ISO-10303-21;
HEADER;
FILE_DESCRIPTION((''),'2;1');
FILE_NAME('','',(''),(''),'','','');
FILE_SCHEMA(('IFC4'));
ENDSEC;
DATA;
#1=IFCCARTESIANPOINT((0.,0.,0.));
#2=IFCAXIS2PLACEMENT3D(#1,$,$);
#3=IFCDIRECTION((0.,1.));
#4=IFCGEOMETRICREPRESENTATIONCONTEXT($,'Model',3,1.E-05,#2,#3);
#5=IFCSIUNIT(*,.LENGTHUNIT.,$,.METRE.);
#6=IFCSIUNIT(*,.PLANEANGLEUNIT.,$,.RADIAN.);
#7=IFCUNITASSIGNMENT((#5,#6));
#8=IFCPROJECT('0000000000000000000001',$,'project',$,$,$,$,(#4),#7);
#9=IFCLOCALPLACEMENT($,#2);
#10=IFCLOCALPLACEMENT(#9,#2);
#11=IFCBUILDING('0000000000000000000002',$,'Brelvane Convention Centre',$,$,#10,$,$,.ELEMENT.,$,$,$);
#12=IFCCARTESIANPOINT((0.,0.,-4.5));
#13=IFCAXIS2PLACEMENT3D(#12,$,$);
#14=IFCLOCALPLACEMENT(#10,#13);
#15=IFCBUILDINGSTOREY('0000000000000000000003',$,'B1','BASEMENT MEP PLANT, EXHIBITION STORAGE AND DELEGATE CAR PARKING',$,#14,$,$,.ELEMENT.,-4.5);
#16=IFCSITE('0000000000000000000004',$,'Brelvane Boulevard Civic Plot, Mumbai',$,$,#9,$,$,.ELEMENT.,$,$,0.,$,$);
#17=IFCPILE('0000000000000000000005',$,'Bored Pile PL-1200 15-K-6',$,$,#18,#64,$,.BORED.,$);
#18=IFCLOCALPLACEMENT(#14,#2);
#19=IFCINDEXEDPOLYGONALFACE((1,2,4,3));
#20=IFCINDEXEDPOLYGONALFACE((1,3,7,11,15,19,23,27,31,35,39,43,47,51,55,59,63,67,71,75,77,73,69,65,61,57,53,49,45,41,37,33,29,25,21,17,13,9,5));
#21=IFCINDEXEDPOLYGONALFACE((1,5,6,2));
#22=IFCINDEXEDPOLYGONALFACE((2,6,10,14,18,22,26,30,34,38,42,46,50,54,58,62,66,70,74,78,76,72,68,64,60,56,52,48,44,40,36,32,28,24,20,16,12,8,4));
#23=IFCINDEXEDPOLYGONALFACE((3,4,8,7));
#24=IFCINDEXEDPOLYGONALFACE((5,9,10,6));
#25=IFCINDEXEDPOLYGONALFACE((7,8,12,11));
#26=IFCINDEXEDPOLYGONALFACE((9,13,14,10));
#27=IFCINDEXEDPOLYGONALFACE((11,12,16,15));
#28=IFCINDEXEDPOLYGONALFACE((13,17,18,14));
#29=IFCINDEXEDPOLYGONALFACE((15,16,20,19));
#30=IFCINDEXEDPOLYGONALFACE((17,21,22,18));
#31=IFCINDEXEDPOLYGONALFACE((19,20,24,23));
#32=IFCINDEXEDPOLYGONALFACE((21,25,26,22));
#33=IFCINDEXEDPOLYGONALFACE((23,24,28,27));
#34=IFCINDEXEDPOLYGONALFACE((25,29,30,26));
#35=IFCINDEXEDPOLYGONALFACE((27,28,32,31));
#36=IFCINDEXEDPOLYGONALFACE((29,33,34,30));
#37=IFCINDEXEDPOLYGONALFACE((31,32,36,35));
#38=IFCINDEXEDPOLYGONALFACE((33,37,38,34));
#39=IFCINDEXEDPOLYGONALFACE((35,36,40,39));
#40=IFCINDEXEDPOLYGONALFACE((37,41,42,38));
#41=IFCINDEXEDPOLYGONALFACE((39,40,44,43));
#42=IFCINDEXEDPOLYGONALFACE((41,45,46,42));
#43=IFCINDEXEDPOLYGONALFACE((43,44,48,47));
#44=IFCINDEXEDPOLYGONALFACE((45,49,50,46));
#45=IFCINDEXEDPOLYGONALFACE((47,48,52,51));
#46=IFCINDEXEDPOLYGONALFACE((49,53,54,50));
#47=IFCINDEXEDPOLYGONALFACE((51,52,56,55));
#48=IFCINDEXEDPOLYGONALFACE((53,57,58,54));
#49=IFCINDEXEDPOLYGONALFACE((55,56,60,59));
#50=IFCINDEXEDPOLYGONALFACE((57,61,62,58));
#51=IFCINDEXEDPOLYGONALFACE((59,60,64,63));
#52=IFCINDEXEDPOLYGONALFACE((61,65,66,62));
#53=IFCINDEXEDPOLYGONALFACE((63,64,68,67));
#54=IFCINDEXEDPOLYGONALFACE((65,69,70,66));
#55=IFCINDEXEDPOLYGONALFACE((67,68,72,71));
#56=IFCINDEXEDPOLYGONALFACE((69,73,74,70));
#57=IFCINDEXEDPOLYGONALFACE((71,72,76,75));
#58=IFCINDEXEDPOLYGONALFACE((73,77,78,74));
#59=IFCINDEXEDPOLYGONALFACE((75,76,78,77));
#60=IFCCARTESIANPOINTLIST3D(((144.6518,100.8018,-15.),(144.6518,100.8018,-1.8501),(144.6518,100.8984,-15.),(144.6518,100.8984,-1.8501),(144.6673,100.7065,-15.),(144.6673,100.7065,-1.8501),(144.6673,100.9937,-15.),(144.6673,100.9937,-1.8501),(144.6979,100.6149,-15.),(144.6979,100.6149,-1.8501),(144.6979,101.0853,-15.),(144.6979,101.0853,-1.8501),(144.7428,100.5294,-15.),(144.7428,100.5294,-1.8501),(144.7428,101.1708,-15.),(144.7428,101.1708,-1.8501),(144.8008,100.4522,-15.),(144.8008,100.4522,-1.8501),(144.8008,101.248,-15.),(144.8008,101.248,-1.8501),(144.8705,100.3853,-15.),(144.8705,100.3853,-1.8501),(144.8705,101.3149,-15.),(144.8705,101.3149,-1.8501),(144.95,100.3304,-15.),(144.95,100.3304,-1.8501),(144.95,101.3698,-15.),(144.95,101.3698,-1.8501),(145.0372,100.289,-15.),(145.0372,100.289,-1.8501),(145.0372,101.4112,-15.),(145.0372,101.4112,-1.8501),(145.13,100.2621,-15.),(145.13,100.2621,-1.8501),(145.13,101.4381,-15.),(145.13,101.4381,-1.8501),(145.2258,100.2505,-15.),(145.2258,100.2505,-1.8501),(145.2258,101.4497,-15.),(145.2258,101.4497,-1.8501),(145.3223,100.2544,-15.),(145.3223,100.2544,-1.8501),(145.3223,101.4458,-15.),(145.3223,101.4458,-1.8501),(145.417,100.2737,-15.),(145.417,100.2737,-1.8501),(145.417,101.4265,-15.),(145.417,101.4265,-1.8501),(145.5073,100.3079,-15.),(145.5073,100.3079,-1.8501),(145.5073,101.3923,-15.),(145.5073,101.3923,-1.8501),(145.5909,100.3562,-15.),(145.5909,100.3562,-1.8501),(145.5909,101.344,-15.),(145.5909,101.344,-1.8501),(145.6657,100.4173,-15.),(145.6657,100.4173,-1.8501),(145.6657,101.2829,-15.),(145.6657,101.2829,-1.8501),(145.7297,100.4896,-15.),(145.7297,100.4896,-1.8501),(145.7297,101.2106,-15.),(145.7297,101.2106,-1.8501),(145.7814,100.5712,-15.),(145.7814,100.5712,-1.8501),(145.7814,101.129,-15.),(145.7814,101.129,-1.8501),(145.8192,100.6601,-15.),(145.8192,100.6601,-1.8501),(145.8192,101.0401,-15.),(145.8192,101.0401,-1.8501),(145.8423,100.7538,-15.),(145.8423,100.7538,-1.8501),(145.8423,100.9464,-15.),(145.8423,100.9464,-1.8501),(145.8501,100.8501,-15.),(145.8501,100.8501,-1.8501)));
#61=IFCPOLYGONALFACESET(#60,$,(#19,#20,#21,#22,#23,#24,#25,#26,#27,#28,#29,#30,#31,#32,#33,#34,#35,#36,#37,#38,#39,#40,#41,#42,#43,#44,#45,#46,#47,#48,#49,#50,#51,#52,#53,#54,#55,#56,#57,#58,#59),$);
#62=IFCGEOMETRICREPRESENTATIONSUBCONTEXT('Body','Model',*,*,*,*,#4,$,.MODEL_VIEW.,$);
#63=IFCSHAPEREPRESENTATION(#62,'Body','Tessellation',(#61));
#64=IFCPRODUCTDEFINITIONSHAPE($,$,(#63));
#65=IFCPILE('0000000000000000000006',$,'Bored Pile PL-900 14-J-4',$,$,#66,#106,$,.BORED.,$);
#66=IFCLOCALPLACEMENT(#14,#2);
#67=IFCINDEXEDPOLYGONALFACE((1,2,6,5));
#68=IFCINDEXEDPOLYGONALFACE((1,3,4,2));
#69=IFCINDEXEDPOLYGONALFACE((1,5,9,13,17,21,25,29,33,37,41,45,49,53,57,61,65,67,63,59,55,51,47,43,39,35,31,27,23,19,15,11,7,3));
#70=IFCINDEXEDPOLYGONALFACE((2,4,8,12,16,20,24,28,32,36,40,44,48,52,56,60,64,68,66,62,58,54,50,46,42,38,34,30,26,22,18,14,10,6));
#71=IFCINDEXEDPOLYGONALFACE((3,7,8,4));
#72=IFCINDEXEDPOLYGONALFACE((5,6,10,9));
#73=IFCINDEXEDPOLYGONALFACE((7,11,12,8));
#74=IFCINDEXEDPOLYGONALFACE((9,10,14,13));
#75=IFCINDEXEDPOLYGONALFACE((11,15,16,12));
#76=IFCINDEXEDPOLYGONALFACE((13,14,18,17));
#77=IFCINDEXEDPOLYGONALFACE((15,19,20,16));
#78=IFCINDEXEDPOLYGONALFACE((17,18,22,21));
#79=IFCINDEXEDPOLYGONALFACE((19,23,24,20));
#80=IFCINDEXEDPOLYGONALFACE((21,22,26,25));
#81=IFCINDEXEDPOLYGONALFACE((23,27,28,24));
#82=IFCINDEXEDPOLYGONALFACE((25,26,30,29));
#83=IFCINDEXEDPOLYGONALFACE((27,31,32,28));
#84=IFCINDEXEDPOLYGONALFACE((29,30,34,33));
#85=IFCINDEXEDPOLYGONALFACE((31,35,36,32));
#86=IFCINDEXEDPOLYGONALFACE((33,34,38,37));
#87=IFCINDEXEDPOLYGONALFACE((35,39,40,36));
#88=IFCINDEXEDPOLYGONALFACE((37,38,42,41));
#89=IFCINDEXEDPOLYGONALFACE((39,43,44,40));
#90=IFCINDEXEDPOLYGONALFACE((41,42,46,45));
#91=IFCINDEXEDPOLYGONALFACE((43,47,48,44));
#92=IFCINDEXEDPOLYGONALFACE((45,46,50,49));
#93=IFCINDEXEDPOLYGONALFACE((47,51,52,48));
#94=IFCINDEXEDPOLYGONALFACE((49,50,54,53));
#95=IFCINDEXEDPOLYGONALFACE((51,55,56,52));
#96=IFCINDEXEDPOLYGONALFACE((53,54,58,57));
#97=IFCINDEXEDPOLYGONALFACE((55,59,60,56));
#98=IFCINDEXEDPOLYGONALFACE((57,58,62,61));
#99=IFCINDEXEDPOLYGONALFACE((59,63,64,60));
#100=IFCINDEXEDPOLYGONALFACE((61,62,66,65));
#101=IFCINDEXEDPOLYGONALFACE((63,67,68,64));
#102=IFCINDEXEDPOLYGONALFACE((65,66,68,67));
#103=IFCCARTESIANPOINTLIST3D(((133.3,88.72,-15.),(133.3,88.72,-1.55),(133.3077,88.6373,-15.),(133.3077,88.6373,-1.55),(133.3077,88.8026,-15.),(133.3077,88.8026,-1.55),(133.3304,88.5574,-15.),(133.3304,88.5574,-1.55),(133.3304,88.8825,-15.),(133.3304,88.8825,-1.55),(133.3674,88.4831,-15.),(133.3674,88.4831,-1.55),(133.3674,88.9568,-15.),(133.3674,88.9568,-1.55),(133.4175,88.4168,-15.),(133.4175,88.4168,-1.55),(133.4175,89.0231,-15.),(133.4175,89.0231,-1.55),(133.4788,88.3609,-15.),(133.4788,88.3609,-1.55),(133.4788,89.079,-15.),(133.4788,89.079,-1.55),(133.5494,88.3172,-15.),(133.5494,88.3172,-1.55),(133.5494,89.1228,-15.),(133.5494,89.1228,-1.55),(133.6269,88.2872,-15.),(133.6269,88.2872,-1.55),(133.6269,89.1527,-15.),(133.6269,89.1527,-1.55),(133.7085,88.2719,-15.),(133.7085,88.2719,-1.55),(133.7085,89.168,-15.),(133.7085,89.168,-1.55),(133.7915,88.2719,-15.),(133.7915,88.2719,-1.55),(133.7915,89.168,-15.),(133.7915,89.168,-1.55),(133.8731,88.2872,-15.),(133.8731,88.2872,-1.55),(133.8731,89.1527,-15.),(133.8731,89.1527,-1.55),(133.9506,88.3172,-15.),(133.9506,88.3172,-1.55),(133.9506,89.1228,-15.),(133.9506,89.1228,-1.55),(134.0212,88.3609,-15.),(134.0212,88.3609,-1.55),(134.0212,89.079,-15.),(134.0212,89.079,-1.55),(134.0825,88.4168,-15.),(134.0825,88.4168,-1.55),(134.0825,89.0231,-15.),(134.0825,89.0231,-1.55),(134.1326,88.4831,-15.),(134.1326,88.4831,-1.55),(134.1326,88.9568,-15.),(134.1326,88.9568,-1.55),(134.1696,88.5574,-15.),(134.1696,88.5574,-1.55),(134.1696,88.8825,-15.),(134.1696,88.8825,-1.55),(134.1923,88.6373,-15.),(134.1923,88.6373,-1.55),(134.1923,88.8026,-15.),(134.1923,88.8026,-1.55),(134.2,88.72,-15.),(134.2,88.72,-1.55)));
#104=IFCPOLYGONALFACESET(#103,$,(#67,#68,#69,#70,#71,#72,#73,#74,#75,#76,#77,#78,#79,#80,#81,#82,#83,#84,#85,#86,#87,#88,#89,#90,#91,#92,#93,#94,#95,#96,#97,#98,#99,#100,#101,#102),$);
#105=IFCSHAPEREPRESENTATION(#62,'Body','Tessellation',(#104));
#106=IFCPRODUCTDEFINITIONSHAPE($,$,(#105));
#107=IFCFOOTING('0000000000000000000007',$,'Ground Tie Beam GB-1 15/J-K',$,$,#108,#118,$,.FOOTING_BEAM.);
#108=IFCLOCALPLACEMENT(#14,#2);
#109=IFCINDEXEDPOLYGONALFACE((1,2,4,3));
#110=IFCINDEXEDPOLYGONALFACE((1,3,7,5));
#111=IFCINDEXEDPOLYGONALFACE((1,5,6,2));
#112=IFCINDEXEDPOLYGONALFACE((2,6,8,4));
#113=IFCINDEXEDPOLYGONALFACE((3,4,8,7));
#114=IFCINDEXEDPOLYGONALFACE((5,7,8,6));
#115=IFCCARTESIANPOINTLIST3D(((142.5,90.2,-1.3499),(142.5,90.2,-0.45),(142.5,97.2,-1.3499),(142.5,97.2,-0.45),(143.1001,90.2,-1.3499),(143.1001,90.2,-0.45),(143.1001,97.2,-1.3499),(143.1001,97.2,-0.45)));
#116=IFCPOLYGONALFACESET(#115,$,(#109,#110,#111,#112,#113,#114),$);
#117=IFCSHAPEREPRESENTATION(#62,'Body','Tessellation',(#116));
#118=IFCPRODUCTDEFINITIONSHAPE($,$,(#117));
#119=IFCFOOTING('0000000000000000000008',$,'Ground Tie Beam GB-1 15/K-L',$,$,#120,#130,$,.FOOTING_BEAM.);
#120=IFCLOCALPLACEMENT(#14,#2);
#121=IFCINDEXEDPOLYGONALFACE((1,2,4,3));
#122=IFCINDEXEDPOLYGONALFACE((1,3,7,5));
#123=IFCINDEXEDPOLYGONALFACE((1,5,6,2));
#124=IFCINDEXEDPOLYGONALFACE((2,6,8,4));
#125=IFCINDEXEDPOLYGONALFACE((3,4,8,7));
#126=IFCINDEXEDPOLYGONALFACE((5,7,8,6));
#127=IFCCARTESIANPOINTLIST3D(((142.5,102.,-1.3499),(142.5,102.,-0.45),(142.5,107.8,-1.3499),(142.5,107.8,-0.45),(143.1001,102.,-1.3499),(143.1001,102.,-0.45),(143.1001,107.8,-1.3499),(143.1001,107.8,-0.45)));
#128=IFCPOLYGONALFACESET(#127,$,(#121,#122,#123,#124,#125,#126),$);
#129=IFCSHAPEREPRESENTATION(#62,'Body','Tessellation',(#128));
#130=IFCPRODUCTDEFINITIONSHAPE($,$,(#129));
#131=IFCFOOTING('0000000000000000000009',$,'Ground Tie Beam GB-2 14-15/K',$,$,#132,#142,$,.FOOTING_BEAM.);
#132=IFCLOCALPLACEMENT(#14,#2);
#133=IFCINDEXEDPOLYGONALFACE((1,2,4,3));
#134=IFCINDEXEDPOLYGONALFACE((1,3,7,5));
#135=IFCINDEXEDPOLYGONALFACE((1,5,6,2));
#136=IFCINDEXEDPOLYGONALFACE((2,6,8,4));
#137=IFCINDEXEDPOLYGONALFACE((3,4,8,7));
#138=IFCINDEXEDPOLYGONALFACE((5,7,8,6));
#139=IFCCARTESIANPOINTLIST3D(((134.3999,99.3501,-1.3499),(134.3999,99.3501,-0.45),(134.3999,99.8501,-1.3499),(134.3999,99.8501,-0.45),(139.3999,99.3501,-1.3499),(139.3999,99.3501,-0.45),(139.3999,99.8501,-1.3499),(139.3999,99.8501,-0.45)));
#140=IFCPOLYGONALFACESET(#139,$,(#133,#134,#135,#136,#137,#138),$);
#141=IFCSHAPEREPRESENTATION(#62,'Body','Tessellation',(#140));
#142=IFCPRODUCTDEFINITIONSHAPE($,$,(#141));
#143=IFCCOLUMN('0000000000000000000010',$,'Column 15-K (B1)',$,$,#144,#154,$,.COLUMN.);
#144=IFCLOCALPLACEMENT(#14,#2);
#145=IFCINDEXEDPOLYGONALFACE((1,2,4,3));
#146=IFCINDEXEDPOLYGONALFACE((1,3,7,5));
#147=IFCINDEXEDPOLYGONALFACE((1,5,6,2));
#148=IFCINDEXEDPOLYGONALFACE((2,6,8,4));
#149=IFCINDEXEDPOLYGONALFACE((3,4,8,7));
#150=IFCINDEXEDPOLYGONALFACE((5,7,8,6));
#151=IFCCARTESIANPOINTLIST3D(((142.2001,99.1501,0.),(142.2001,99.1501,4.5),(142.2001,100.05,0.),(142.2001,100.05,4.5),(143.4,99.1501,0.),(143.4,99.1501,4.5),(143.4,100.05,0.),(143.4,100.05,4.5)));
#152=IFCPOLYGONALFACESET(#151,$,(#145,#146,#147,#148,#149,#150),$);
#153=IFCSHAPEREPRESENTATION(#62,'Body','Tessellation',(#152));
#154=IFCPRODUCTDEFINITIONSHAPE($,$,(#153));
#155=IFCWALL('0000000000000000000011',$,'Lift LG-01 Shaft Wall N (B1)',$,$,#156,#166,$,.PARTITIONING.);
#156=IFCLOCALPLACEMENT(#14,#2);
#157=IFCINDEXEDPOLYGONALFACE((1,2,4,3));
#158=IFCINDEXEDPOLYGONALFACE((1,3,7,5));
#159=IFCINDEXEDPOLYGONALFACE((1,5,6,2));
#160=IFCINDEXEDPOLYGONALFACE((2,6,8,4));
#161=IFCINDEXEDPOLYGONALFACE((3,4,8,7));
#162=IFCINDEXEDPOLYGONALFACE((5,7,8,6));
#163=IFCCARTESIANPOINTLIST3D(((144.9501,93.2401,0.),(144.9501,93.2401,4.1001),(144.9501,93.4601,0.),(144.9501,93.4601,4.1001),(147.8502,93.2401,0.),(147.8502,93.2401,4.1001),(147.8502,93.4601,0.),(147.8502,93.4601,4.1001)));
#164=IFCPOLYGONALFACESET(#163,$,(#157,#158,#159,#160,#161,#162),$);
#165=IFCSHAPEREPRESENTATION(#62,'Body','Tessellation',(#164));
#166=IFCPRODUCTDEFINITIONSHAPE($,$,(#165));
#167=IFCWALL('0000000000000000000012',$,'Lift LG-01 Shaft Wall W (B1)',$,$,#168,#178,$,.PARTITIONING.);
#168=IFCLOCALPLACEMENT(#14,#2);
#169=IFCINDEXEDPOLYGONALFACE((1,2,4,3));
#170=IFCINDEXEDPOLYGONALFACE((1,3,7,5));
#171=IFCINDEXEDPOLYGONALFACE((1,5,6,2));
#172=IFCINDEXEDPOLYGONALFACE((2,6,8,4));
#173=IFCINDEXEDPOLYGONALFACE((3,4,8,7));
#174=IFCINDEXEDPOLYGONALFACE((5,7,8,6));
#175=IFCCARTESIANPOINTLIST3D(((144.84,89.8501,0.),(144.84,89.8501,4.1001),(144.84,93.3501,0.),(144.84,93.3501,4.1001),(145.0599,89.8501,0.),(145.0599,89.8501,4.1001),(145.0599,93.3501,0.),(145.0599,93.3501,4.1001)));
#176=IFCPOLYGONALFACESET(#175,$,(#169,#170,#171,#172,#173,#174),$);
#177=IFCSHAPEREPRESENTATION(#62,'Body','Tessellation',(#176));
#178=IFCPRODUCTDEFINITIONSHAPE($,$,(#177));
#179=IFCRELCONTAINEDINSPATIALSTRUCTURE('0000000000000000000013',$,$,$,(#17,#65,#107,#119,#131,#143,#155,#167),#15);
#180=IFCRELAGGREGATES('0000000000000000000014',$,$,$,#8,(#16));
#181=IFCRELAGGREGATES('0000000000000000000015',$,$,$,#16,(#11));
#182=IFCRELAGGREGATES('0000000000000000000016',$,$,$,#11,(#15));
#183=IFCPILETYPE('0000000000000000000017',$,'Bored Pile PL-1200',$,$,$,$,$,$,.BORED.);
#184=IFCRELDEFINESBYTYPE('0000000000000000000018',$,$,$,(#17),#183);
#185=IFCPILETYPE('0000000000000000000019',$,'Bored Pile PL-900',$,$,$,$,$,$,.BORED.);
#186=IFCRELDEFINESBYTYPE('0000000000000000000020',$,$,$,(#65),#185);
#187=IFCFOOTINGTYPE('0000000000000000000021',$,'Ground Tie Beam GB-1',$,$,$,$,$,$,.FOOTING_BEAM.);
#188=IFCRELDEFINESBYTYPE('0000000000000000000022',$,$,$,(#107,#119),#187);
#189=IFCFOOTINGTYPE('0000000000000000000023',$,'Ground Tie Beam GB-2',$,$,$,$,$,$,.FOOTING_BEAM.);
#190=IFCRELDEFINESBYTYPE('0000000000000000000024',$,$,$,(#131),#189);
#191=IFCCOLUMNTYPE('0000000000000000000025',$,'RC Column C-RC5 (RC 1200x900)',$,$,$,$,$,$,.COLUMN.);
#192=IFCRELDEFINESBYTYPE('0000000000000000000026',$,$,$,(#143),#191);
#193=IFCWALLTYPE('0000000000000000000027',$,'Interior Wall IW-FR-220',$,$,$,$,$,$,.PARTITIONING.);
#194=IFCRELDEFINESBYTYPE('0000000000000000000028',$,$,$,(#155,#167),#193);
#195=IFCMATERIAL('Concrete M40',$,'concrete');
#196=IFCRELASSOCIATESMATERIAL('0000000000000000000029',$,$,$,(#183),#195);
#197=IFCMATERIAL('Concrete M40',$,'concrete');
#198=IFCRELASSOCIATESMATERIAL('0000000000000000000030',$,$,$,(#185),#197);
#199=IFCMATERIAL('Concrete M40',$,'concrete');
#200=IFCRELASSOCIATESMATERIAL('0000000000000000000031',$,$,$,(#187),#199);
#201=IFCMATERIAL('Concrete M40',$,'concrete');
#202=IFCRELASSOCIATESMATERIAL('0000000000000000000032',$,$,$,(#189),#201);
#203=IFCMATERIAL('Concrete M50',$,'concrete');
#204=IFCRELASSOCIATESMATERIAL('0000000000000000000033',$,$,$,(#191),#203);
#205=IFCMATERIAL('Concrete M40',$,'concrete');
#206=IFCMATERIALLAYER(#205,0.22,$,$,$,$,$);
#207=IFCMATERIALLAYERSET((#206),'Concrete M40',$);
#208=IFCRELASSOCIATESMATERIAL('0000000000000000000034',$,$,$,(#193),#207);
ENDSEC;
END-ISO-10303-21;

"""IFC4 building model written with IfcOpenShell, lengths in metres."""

from ifc_helpers import new_model, si_unit, direction, frame, frame_2d, origin, origin_2d, place, context, subcontext, project, spatial, rectangle, circle, extrude, material, layer, layer_set, material_profile, profile_set, type_object, element, save


model = new_model("IFC4")

# Units and contexts
model_context = context("Model", 3, precision=1e-05, world=origin(), true_north=direction((0.0, 1.0)))
body_context = subcontext(model_context, "Body", "Model", "MODEL_VIEW")
ifc_project = project(units=[si_unit("LENGTHUNIT", "METRE"), si_unit("PLANEANGLEUNIT", "RADIAN")], contexts=[model_context])

# Site, building, storey
site_placement = place(None, origin())
site = spatial("IfcSite", under=ifc_project, at=site_placement, Name="Brelvane Boulevard Civic Plot, Mumbai", CompositionType="ELEMENT", RefElevation=0.0)
building_placement = place(site_placement, origin())
building = spatial("IfcBuilding", under=site, at=building_placement, Name="Brelvane Convention Centre", CompositionType="ELEMENT")
storey_placement = place(building_placement, frame((0.0, 0.0, -4.5)))
storey = spatial("IfcBuildingStorey", under=building, at=storey_placement, Name="B1", Description="BASEMENT MEP PLANT, EXHIBITION STORAGE AND DELEGATE CAR PARKING", CompositionType="ELEMENT", Elevation=-4.5)

# Piles
ifc_material_1 = material(Name="Concrete M40", Category="concrete")
ifc_material_profile_1 = material_profile(ifc_material_1, circle(Radius=0.6001, at=origin_2d()), Name="PILE D1200")
ifc_profile_set_1 = profile_set([ifc_material_profile_1], Name="Concrete M40")
pile_type_1 = type_object("IfcPileType", Name="Bored Pile PL-1200", PredefinedType="BORED", material=ifc_profile_set_1)
for number, where, z_axis, x_axis, name in (
    (1, (145.25, 100.8501, -1.8501), (0.0, 0.0, -1.0), (1.0, 0.0, 0.0), "Bored Pile PL-1200 15-K-6"),
):
    element("IfcPile", number, at=place(storey_placement, frame(where, z_axis=z_axis, x_axis=x_axis)), inside=storey, type_object=pile_type_1, Name=name, PredefinedType="BORED", context=body_context, shape_type="SweptSolid", body=[
        extrude(circle(Radius=0.6001, at=origin_2d()), origin(), (0.0, 0.0, 1.0), 13.1499),
    ])
ifc_material_2 = material(Name="Concrete M40", Category="concrete")
ifc_material_profile_2 = material_profile(ifc_material_2, circle(Radius=0.45, at=origin_2d()), Name="PILE D900")
ifc_profile_set_2 = profile_set([ifc_material_profile_2], Name="Concrete M40")
pile_type_2 = type_object("IfcPileType", Name="Bored Pile PL-900", PredefinedType="BORED", material=ifc_profile_set_2)
pile_placement = place(storey_placement, frame((133.75, 88.72, -1.55), z_axis=(0.0, 0.0, -1.0), x_axis=(1.0, 0.0, 0.0)))
element("IfcPile", 2, at=pile_placement, inside=storey, type_object=pile_type_2, Name="Bored Pile PL-900 14-J-4", PredefinedType="BORED", context=body_context, shape_type="SweptSolid", body=[
    extrude(circle(Radius=0.45, at=origin_2d()), origin(), (0.0, 0.0, 1.0), 13.45),
])

# Footings
ifc_material_3 = material(Name="Concrete M40", Category="concrete")
ifc_material_profile_3 = material_profile(ifc_material_3, rectangle(XDim=0.6001, YDim=0.8999, at=origin_2d()), Name="RC 600x900")
ifc_profile_set_3 = profile_set([ifc_material_profile_3], Name="Concrete M40")
footing_type_1 = type_object("IfcFootingType", Name="Ground Tie Beam GB-1", PredefinedType="FOOTING_BEAM", material=ifc_profile_set_3)
footing_1_placement = place(storey_placement, frame((142.8, 90.2, -0.8999), z_axis=(0.0, 1.0, 0.0), x_axis=(-1.0, 0.0, 0.0)))
element("IfcFooting", 3, at=footing_1_placement, inside=storey, type_object=footing_type_1, Name="Ground Tie Beam GB-1 15/J-K", PredefinedType="FOOTING_BEAM", context=body_context, shape_type="SweptSolid", body=[
    extrude(rectangle(XDim=0.6001, YDim=0.8999, at=origin_2d()), origin(), (0.0, 0.0, 1.0), 7.0),
])
footing_2_placement = place(storey_placement, frame((142.8, 102.0, -0.8999), z_axis=(0.0, 1.0, 0.0), x_axis=(-1.0, 0.0, 0.0)))
element("IfcFooting", 4, at=footing_2_placement, inside=storey, type_object=footing_type_1, Name="Ground Tie Beam GB-1 15/K-L", PredefinedType="FOOTING_BEAM", context=body_context, shape_type="SweptSolid", body=[
    extrude(rectangle(XDim=0.6001, YDim=0.8999, at=origin_2d()), origin(), (0.0, 0.0, 1.0), 5.8),
])
ifc_material_4 = material(Name="Concrete M40", Category="concrete")
ifc_material_profile_4 = material_profile(ifc_material_4, rectangle(XDim=0.5, YDim=0.8999, at=origin_2d()), Name="RC 500x900")
ifc_profile_set_4 = profile_set([ifc_material_profile_4], Name="Concrete M40")
footing_type_2 = type_object("IfcFootingType", Name="Ground Tie Beam GB-2", PredefinedType="FOOTING_BEAM", material=ifc_profile_set_4)
footing_3_placement = place(storey_placement, frame((134.3999, 99.6001, -0.8999), z_axis=(1.0, 0.0, 0.0), x_axis=(0.0, 1.0, 0.0)))
element("IfcFooting", 5, at=footing_3_placement, inside=storey, type_object=footing_type_2, Name="Ground Tie Beam GB-2 14-15/K", PredefinedType="FOOTING_BEAM", context=body_context, shape_type="SweptSolid", body=[
    extrude(rectangle(XDim=0.5, YDim=0.8999, at=origin_2d()), origin(), (0.0, 0.0, 1.0), 5.0),
])

# Column
ifc_material_5 = material(Name="Concrete M50", Category="concrete")
ifc_material_profile_5 = material_profile(ifc_material_5, rectangle(XDim=1.2, YDim=0.8999, at=origin_2d()), Name="RC 1200x900")
ifc_profile_set_5 = profile_set([ifc_material_profile_5], Name="Concrete M50")
column_type = type_object("IfcColumnType", Name="RC Column C-RC5 (RC 1200x900)", PredefinedType="COLUMN", material=ifc_profile_set_5)
column_placement = place(storey_placement, frame((142.8, 99.6001, 0.0), z_axis=(0.0, 0.0, 1.0), x_axis=(1.0, 0.0, 0.0)))
element("IfcColumn", 6, at=column_placement, inside=storey, type_object=column_type, Name="Column 15-K (B1)", PredefinedType="COLUMN", context=body_context, shape_type="SweptSolid", body=[
    extrude(rectangle(XDim=1.2, YDim=0.8999, at=origin_2d()), origin(), (0.0, 0.0, 1.0), 4.5),
])

# Shared definitions
ifc_material_6 = material(Name="Concrete M40", Category="concrete")
ifc_layer = layer(ifc_material_6, 0.22)
ifc_layer_set = layer_set([ifc_layer], Name="Concrete M40")
wall_type = type_object("IfcWallType", Name="Interior Wall IW-FR-220", PredefinedType="PARTITIONING", material=ifc_layer_set)

# Walls
wall_1_placement = place(storey_placement, frame((144.95, 93.3501, 0.0), z_axis=(0.0, 0.0, 1.0), x_axis=(1.0, 0.0, 0.0)))
element("IfcWall", 7, at=wall_1_placement, inside=storey, type_object=wall_type, Name="Lift LG-01 Shaft Wall N (B1)", PredefinedType="PARTITIONING", context=body_context, shape_type="SweptSolid", body=[
    extrude(rectangle(XDim=2.9001, YDim=0.22, at=frame_2d((1.4502, 0.0))), origin(), (0.0, 0.0, 1.0), 4.1001),
])
wall_2_placement = place(storey_placement, frame((144.95, 89.8501, 0.0), z_axis=(0.0, 0.0, 1.0), x_axis=(0.0, 1.0, 0.0)))
element("IfcWall", 8, at=wall_2_placement, inside=storey, type_object=wall_type, Name="Lift LG-01 Shaft Wall W (B1)", PredefinedType="PARTITIONING", context=body_context, shape_type="SweptSolid", body=[
    extrude(rectangle(XDim=3.5, YDim=0.22, at=frame_2d((1.75, 0.0))), origin(), (0.0, 0.0, 1.0), 4.1001),
])

save(model, "model.ifc")
